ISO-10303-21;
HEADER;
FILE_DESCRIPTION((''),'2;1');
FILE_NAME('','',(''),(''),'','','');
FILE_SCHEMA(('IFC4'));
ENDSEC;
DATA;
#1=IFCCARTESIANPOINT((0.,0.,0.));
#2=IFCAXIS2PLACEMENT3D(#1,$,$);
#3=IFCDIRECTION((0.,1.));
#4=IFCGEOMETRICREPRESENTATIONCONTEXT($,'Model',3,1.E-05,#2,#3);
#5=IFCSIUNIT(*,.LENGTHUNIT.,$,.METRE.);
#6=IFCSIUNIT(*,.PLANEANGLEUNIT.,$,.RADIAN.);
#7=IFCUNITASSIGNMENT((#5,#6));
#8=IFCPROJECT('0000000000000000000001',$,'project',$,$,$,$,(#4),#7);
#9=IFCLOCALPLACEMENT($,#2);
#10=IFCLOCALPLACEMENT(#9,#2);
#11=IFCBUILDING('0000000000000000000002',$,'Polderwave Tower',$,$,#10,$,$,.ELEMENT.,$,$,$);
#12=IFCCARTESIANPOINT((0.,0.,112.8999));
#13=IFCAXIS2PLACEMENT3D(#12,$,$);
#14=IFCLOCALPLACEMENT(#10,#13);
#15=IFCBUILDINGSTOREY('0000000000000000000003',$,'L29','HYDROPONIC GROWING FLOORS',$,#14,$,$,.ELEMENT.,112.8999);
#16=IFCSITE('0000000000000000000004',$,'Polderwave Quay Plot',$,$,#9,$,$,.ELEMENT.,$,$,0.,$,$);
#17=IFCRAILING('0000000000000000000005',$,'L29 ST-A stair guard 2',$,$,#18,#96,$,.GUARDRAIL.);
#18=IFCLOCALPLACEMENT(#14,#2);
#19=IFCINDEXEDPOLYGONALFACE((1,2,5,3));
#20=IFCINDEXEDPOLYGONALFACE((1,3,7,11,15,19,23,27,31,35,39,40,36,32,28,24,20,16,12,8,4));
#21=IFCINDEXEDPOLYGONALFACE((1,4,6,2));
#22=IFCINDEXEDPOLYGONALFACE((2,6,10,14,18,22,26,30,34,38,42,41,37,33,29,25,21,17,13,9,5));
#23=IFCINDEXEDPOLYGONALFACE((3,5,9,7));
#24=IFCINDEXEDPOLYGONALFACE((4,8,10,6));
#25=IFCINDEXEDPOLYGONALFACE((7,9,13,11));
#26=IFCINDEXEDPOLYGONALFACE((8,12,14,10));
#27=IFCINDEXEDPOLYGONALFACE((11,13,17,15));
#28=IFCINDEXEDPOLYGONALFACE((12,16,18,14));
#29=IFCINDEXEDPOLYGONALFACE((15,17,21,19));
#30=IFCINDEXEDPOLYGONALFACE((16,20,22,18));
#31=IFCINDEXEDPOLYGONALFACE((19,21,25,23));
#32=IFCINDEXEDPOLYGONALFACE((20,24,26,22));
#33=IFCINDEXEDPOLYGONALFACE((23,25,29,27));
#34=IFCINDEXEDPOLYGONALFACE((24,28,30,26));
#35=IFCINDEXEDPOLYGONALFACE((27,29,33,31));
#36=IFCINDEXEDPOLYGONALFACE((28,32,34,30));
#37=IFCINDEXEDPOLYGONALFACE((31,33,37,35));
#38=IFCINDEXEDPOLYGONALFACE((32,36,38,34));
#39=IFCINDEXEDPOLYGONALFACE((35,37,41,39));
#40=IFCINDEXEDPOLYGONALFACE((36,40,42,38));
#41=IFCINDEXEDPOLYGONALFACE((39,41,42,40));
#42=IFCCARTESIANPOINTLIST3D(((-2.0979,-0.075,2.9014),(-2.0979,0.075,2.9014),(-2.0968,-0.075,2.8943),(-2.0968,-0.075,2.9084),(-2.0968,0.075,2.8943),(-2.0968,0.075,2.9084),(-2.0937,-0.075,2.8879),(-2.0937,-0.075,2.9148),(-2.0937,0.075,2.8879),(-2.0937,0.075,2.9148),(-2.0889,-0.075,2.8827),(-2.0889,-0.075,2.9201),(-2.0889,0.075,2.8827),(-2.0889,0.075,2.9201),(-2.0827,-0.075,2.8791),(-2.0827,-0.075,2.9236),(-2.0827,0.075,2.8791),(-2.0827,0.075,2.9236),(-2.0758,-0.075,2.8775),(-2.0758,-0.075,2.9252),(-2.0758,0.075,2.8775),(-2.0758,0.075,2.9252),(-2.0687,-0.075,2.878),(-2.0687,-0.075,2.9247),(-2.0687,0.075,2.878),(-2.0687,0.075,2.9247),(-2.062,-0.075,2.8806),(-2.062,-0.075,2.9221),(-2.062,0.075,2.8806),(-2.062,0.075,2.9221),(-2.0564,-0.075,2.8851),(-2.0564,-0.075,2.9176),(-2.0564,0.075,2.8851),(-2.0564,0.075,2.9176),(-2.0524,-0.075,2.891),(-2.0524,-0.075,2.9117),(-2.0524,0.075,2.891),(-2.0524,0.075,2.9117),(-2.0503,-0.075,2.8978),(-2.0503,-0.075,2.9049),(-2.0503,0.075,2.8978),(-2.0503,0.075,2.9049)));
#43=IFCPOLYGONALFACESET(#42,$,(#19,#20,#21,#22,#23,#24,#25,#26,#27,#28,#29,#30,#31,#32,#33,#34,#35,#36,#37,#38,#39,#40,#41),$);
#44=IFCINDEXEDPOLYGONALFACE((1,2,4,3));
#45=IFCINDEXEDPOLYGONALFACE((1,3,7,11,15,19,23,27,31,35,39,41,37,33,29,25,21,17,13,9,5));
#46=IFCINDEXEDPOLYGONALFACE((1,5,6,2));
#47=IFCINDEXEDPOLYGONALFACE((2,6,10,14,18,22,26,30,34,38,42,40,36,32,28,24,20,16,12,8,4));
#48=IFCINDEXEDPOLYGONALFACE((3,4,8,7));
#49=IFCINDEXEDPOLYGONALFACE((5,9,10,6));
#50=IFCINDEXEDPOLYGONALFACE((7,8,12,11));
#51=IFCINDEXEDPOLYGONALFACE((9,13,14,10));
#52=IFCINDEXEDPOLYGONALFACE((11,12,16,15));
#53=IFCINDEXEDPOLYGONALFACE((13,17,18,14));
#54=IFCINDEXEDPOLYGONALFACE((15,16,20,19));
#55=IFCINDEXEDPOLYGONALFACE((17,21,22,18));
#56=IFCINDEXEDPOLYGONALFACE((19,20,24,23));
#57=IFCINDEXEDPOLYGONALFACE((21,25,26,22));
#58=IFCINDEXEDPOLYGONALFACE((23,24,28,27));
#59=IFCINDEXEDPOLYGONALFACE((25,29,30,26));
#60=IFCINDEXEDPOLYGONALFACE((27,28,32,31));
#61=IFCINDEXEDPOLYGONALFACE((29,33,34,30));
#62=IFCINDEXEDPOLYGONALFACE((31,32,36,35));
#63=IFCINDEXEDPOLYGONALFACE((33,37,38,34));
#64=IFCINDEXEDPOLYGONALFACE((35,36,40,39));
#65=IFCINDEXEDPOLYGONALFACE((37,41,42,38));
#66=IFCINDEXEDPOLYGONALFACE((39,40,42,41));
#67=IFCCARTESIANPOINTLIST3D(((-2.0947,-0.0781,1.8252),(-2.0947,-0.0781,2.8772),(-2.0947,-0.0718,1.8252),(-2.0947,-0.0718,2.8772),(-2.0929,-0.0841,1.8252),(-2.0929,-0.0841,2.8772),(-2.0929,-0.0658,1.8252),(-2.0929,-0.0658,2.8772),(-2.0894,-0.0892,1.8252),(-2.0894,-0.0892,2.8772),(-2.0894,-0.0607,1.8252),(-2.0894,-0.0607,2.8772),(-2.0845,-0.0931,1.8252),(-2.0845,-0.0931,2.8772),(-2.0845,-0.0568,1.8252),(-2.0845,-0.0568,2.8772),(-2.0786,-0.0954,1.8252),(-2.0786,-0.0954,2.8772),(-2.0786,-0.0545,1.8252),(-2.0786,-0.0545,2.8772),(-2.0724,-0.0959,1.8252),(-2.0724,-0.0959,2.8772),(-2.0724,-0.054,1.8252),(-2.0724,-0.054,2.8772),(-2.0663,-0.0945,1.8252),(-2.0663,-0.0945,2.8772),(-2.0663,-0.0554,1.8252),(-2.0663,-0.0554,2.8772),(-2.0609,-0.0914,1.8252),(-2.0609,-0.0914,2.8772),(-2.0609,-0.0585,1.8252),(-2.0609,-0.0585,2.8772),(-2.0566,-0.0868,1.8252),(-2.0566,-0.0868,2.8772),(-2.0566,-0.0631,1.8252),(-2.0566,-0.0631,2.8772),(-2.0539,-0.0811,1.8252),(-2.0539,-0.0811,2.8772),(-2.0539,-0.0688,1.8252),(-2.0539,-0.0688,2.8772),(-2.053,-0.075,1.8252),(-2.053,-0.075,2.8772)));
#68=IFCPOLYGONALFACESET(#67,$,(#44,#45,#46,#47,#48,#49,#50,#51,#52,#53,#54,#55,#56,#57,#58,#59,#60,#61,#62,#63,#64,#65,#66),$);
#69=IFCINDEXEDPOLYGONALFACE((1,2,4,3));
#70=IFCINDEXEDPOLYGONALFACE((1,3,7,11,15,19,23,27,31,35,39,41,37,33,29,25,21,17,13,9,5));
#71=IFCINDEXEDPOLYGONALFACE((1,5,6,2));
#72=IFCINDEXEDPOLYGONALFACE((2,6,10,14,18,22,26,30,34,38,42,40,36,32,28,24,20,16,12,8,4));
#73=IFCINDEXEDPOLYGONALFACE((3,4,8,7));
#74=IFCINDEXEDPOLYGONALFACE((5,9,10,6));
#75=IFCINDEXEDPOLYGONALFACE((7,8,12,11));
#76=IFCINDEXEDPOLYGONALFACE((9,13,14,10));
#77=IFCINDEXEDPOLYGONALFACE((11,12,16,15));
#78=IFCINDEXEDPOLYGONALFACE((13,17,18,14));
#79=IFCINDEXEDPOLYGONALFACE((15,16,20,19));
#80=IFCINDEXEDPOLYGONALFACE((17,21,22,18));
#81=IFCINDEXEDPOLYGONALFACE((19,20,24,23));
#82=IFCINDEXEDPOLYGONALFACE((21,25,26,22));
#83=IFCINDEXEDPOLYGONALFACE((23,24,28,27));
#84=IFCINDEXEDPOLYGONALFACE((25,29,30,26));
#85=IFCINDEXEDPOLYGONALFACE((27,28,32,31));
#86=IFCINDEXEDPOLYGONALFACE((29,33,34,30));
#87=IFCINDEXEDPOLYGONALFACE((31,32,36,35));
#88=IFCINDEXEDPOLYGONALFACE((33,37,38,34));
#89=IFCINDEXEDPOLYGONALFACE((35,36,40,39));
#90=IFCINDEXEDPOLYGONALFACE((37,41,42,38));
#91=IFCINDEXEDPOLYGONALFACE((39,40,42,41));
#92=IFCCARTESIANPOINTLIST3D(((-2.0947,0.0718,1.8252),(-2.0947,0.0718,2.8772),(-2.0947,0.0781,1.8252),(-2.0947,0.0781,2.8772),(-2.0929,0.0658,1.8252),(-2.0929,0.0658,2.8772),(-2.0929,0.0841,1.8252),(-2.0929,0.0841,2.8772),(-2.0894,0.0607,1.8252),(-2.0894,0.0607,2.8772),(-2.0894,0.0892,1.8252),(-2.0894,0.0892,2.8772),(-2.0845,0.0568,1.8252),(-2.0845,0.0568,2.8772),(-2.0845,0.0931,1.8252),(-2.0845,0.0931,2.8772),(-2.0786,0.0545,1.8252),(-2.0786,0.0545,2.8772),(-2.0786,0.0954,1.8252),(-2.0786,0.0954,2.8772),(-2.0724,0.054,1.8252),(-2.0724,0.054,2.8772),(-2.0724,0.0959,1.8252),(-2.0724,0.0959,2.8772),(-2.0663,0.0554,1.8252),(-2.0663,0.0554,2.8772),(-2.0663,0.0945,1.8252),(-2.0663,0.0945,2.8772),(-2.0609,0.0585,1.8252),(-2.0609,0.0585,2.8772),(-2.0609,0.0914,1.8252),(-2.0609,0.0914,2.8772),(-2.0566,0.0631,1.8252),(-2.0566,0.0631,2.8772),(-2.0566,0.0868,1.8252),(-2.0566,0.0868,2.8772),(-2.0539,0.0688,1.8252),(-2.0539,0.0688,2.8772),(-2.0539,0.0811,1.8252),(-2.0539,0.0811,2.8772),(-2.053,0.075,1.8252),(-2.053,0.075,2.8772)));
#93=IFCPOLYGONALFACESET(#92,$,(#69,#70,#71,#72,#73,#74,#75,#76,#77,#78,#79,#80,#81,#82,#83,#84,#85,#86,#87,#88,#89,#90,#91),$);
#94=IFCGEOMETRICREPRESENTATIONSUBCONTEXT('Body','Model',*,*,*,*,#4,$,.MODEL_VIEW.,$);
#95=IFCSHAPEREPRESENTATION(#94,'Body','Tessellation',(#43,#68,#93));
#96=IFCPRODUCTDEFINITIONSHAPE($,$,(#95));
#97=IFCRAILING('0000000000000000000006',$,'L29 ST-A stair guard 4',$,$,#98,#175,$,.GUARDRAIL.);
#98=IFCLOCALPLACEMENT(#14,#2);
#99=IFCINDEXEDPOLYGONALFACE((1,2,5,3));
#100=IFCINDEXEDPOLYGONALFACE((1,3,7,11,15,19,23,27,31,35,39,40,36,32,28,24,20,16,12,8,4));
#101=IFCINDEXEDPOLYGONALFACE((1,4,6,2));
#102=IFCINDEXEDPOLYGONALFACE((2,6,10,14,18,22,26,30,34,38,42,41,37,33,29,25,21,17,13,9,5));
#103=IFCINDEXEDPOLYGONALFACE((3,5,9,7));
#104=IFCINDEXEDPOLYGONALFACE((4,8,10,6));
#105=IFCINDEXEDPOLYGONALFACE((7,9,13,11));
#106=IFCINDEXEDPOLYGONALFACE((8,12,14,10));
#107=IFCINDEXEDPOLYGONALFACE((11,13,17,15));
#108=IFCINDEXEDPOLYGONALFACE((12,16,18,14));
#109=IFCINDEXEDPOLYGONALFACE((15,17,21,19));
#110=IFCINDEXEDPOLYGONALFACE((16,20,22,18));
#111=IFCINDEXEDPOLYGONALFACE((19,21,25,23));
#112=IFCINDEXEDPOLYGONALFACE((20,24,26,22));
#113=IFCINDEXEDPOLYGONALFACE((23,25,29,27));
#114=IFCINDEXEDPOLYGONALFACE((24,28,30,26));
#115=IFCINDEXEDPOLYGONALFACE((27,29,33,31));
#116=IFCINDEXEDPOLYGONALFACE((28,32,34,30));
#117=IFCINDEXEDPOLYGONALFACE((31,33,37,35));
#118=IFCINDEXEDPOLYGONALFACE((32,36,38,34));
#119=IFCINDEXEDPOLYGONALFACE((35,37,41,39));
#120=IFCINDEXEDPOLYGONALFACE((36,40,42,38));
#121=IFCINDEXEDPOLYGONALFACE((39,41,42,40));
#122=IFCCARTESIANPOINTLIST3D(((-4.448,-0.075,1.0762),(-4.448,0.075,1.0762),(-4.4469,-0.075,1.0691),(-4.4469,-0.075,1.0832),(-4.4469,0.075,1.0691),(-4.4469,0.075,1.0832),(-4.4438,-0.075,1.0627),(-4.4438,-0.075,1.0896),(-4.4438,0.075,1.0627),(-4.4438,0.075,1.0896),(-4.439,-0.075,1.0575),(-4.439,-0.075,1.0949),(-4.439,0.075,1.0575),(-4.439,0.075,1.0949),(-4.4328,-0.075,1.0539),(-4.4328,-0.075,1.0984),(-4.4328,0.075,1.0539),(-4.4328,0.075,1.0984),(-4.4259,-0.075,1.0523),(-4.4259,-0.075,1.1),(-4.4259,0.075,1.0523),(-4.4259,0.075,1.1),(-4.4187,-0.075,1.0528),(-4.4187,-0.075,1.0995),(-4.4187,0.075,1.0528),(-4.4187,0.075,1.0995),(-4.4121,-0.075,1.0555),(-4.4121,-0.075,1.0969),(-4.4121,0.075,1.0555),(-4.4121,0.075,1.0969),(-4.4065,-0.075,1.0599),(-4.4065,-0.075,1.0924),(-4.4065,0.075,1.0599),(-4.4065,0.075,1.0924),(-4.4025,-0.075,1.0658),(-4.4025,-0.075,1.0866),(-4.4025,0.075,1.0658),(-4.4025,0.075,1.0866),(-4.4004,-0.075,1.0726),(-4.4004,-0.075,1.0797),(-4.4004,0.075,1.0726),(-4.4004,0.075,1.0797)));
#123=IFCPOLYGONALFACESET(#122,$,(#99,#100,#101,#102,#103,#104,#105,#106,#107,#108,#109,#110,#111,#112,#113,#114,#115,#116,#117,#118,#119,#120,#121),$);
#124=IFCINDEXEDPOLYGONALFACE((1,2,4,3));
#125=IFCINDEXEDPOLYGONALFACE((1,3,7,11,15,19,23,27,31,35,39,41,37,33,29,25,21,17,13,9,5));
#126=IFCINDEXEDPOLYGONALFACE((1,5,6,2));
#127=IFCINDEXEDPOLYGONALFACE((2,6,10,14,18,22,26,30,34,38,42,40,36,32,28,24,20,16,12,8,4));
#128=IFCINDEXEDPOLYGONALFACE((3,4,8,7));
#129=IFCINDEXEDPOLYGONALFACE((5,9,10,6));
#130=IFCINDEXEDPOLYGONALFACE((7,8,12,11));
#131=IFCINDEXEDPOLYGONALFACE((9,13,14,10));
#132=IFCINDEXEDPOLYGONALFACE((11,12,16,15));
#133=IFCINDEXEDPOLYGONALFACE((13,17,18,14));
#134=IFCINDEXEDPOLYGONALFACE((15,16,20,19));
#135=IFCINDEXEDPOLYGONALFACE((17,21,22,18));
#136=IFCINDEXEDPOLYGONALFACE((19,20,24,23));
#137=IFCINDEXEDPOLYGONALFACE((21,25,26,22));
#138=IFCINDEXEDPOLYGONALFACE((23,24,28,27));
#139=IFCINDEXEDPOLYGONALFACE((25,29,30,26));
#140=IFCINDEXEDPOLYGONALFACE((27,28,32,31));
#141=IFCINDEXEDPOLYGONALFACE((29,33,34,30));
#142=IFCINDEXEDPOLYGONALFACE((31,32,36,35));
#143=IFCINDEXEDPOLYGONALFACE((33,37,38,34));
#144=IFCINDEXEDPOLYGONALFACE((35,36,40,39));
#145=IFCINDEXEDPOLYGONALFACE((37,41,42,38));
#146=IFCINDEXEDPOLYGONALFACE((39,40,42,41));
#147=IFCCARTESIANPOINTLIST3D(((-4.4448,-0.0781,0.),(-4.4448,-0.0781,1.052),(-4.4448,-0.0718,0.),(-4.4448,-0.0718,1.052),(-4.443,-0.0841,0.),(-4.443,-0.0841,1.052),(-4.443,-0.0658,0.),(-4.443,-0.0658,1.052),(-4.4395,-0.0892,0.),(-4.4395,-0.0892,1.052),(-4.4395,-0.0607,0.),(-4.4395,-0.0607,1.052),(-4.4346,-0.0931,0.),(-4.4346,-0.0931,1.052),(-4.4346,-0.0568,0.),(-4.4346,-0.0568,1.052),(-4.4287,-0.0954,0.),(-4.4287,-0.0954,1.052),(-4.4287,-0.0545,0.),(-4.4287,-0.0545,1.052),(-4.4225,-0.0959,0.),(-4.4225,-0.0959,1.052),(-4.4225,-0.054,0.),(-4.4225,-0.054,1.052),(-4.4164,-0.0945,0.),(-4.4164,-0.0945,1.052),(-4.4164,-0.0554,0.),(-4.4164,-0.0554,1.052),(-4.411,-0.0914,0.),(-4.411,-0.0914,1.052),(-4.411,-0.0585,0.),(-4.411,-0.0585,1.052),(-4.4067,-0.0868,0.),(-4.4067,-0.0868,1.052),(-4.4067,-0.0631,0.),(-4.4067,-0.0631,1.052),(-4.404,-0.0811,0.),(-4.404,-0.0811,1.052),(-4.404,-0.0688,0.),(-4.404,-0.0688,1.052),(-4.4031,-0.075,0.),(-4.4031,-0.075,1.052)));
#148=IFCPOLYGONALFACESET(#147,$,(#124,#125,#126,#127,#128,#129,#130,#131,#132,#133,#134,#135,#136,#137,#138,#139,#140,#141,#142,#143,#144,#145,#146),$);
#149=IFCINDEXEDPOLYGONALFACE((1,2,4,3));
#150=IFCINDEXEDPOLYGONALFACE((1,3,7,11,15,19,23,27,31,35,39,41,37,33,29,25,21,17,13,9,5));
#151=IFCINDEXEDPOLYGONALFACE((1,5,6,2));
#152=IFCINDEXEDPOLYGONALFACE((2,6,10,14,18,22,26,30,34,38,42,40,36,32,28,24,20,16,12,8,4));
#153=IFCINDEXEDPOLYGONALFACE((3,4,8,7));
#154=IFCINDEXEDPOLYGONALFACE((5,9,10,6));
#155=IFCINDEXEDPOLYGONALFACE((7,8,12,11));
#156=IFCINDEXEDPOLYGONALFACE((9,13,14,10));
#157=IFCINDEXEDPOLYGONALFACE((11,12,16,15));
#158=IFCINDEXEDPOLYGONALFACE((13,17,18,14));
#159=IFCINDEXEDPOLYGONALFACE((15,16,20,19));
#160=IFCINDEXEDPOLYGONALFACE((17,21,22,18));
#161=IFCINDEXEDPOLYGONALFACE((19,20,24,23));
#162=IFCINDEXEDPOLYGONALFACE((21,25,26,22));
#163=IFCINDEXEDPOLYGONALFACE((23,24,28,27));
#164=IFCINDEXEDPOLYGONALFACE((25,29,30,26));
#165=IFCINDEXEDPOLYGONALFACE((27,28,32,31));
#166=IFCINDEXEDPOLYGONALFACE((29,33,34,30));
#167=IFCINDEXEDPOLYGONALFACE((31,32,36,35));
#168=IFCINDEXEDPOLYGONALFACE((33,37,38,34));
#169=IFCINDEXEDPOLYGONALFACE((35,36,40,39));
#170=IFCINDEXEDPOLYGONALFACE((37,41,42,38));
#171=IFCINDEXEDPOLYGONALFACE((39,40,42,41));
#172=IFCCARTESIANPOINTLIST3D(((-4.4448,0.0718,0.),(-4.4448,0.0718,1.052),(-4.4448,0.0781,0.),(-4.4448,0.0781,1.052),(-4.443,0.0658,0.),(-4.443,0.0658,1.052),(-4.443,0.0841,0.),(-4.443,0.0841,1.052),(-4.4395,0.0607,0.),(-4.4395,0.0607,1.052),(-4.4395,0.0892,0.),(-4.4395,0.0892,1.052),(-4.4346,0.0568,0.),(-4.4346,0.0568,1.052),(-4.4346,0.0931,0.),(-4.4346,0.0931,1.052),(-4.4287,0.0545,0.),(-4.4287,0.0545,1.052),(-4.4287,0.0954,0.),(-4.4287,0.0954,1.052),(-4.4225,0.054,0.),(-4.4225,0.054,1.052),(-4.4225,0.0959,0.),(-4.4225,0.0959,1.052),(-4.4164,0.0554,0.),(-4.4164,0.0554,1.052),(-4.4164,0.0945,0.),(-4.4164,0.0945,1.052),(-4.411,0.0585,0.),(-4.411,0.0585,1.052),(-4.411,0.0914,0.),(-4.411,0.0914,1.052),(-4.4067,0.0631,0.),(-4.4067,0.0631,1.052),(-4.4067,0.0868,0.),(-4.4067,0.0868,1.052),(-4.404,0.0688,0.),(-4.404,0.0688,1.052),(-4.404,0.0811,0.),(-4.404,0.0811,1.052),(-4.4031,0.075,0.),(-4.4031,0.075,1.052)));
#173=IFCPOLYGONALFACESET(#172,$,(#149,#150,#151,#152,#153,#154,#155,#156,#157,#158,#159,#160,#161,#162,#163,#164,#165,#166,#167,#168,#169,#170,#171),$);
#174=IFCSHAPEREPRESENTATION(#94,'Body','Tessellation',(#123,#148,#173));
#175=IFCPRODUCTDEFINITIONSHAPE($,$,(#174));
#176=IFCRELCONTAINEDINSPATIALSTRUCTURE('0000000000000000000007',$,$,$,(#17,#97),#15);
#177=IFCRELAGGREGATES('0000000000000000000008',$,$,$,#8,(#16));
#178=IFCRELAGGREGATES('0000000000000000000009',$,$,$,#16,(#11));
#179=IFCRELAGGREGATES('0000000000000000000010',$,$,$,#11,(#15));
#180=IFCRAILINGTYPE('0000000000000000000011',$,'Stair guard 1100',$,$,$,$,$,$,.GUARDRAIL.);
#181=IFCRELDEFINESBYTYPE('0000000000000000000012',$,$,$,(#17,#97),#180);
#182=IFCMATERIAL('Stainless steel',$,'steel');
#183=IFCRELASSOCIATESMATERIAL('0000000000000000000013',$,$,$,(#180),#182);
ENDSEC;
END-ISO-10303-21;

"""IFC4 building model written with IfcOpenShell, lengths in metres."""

from ifc_helpers import new_model, si_unit, direction, frame, origin, origin_2d, place, context, subcontext, project, spatial, circle, extrude, material, type_object, element, save


model = new_model("IFC4")

# Units and contexts
model_context = context("Model", 3, precision=1e-05, world=origin(), true_north=direction((0.0, 1.0)))
body_context = subcontext(model_context, "Body", "Model", "MODEL_VIEW")
ifc_project = project(units=[si_unit("LENGTHUNIT", "METRE"), si_unit("PLANEANGLEUNIT", "RADIAN")], contexts=[model_context])

# Site, building, storey
site_placement = place(None, origin())
site = spatial("IfcSite", under=ifc_project, at=site_placement, Name="Polderwave Quay Plot", CompositionType="ELEMENT", RefElevation=0.0)
building_placement = place(site_placement, origin())
building = spatial("IfcBuilding", under=site, at=building_placement, Name="Polderwave Tower", CompositionType="ELEMENT")
storey_placement = place(building_placement, frame((0.0, 0.0, 112.8999)))
storey = spatial("IfcBuildingStorey", under=building, at=storey_placement, Name="L29", Description="HYDROPONIC GROWING FLOORS", CompositionType="ELEMENT", Elevation=112.8999)

# Railings
ifc_material_1 = material(Name="Stainless steel", Category="steel")
railing_type_1 = type_object("IfcRailingType", Name="Stair guard 1100", PredefinedType="GUARDRAIL", material=ifc_material_1)
for number, where, name in (
    (1, (-2.074, -0.075, 1.8252), "L29 ST-A stair guard 2"),
    (2, (-4.4241, -0.075, 0.0), "L29 ST-A stair guard 4"),
):
    element("IfcRailing", number, at=place(storey_placement, frame(where)), inside=storey, type_object=railing_type_1, Name=name, PredefinedType="GUARDRAIL", context=body_context, shape_type="SweptSolid", body=[
        extrude(circle(Radius=0.0239, at=origin_2d()), frame((0.0, 0.0, 1.0762), z_axis=(0.0, 1.0, 0.0), x_axis=(-1.0, 0.0, 0.0)), (0.0, 0.0, 1.0), 0.1499),
        extrude(circle(Radius=0.021, at=origin_2d()), origin(), (0.0, 0.0, 1.0), 1.052),
        extrude(circle(Radius=0.021, at=origin_2d()), frame((0.0, 0.1499, 0.0)), (0.0, 0.0, 1.0), 1.052),
    ])

save(model, "model.ifc")
